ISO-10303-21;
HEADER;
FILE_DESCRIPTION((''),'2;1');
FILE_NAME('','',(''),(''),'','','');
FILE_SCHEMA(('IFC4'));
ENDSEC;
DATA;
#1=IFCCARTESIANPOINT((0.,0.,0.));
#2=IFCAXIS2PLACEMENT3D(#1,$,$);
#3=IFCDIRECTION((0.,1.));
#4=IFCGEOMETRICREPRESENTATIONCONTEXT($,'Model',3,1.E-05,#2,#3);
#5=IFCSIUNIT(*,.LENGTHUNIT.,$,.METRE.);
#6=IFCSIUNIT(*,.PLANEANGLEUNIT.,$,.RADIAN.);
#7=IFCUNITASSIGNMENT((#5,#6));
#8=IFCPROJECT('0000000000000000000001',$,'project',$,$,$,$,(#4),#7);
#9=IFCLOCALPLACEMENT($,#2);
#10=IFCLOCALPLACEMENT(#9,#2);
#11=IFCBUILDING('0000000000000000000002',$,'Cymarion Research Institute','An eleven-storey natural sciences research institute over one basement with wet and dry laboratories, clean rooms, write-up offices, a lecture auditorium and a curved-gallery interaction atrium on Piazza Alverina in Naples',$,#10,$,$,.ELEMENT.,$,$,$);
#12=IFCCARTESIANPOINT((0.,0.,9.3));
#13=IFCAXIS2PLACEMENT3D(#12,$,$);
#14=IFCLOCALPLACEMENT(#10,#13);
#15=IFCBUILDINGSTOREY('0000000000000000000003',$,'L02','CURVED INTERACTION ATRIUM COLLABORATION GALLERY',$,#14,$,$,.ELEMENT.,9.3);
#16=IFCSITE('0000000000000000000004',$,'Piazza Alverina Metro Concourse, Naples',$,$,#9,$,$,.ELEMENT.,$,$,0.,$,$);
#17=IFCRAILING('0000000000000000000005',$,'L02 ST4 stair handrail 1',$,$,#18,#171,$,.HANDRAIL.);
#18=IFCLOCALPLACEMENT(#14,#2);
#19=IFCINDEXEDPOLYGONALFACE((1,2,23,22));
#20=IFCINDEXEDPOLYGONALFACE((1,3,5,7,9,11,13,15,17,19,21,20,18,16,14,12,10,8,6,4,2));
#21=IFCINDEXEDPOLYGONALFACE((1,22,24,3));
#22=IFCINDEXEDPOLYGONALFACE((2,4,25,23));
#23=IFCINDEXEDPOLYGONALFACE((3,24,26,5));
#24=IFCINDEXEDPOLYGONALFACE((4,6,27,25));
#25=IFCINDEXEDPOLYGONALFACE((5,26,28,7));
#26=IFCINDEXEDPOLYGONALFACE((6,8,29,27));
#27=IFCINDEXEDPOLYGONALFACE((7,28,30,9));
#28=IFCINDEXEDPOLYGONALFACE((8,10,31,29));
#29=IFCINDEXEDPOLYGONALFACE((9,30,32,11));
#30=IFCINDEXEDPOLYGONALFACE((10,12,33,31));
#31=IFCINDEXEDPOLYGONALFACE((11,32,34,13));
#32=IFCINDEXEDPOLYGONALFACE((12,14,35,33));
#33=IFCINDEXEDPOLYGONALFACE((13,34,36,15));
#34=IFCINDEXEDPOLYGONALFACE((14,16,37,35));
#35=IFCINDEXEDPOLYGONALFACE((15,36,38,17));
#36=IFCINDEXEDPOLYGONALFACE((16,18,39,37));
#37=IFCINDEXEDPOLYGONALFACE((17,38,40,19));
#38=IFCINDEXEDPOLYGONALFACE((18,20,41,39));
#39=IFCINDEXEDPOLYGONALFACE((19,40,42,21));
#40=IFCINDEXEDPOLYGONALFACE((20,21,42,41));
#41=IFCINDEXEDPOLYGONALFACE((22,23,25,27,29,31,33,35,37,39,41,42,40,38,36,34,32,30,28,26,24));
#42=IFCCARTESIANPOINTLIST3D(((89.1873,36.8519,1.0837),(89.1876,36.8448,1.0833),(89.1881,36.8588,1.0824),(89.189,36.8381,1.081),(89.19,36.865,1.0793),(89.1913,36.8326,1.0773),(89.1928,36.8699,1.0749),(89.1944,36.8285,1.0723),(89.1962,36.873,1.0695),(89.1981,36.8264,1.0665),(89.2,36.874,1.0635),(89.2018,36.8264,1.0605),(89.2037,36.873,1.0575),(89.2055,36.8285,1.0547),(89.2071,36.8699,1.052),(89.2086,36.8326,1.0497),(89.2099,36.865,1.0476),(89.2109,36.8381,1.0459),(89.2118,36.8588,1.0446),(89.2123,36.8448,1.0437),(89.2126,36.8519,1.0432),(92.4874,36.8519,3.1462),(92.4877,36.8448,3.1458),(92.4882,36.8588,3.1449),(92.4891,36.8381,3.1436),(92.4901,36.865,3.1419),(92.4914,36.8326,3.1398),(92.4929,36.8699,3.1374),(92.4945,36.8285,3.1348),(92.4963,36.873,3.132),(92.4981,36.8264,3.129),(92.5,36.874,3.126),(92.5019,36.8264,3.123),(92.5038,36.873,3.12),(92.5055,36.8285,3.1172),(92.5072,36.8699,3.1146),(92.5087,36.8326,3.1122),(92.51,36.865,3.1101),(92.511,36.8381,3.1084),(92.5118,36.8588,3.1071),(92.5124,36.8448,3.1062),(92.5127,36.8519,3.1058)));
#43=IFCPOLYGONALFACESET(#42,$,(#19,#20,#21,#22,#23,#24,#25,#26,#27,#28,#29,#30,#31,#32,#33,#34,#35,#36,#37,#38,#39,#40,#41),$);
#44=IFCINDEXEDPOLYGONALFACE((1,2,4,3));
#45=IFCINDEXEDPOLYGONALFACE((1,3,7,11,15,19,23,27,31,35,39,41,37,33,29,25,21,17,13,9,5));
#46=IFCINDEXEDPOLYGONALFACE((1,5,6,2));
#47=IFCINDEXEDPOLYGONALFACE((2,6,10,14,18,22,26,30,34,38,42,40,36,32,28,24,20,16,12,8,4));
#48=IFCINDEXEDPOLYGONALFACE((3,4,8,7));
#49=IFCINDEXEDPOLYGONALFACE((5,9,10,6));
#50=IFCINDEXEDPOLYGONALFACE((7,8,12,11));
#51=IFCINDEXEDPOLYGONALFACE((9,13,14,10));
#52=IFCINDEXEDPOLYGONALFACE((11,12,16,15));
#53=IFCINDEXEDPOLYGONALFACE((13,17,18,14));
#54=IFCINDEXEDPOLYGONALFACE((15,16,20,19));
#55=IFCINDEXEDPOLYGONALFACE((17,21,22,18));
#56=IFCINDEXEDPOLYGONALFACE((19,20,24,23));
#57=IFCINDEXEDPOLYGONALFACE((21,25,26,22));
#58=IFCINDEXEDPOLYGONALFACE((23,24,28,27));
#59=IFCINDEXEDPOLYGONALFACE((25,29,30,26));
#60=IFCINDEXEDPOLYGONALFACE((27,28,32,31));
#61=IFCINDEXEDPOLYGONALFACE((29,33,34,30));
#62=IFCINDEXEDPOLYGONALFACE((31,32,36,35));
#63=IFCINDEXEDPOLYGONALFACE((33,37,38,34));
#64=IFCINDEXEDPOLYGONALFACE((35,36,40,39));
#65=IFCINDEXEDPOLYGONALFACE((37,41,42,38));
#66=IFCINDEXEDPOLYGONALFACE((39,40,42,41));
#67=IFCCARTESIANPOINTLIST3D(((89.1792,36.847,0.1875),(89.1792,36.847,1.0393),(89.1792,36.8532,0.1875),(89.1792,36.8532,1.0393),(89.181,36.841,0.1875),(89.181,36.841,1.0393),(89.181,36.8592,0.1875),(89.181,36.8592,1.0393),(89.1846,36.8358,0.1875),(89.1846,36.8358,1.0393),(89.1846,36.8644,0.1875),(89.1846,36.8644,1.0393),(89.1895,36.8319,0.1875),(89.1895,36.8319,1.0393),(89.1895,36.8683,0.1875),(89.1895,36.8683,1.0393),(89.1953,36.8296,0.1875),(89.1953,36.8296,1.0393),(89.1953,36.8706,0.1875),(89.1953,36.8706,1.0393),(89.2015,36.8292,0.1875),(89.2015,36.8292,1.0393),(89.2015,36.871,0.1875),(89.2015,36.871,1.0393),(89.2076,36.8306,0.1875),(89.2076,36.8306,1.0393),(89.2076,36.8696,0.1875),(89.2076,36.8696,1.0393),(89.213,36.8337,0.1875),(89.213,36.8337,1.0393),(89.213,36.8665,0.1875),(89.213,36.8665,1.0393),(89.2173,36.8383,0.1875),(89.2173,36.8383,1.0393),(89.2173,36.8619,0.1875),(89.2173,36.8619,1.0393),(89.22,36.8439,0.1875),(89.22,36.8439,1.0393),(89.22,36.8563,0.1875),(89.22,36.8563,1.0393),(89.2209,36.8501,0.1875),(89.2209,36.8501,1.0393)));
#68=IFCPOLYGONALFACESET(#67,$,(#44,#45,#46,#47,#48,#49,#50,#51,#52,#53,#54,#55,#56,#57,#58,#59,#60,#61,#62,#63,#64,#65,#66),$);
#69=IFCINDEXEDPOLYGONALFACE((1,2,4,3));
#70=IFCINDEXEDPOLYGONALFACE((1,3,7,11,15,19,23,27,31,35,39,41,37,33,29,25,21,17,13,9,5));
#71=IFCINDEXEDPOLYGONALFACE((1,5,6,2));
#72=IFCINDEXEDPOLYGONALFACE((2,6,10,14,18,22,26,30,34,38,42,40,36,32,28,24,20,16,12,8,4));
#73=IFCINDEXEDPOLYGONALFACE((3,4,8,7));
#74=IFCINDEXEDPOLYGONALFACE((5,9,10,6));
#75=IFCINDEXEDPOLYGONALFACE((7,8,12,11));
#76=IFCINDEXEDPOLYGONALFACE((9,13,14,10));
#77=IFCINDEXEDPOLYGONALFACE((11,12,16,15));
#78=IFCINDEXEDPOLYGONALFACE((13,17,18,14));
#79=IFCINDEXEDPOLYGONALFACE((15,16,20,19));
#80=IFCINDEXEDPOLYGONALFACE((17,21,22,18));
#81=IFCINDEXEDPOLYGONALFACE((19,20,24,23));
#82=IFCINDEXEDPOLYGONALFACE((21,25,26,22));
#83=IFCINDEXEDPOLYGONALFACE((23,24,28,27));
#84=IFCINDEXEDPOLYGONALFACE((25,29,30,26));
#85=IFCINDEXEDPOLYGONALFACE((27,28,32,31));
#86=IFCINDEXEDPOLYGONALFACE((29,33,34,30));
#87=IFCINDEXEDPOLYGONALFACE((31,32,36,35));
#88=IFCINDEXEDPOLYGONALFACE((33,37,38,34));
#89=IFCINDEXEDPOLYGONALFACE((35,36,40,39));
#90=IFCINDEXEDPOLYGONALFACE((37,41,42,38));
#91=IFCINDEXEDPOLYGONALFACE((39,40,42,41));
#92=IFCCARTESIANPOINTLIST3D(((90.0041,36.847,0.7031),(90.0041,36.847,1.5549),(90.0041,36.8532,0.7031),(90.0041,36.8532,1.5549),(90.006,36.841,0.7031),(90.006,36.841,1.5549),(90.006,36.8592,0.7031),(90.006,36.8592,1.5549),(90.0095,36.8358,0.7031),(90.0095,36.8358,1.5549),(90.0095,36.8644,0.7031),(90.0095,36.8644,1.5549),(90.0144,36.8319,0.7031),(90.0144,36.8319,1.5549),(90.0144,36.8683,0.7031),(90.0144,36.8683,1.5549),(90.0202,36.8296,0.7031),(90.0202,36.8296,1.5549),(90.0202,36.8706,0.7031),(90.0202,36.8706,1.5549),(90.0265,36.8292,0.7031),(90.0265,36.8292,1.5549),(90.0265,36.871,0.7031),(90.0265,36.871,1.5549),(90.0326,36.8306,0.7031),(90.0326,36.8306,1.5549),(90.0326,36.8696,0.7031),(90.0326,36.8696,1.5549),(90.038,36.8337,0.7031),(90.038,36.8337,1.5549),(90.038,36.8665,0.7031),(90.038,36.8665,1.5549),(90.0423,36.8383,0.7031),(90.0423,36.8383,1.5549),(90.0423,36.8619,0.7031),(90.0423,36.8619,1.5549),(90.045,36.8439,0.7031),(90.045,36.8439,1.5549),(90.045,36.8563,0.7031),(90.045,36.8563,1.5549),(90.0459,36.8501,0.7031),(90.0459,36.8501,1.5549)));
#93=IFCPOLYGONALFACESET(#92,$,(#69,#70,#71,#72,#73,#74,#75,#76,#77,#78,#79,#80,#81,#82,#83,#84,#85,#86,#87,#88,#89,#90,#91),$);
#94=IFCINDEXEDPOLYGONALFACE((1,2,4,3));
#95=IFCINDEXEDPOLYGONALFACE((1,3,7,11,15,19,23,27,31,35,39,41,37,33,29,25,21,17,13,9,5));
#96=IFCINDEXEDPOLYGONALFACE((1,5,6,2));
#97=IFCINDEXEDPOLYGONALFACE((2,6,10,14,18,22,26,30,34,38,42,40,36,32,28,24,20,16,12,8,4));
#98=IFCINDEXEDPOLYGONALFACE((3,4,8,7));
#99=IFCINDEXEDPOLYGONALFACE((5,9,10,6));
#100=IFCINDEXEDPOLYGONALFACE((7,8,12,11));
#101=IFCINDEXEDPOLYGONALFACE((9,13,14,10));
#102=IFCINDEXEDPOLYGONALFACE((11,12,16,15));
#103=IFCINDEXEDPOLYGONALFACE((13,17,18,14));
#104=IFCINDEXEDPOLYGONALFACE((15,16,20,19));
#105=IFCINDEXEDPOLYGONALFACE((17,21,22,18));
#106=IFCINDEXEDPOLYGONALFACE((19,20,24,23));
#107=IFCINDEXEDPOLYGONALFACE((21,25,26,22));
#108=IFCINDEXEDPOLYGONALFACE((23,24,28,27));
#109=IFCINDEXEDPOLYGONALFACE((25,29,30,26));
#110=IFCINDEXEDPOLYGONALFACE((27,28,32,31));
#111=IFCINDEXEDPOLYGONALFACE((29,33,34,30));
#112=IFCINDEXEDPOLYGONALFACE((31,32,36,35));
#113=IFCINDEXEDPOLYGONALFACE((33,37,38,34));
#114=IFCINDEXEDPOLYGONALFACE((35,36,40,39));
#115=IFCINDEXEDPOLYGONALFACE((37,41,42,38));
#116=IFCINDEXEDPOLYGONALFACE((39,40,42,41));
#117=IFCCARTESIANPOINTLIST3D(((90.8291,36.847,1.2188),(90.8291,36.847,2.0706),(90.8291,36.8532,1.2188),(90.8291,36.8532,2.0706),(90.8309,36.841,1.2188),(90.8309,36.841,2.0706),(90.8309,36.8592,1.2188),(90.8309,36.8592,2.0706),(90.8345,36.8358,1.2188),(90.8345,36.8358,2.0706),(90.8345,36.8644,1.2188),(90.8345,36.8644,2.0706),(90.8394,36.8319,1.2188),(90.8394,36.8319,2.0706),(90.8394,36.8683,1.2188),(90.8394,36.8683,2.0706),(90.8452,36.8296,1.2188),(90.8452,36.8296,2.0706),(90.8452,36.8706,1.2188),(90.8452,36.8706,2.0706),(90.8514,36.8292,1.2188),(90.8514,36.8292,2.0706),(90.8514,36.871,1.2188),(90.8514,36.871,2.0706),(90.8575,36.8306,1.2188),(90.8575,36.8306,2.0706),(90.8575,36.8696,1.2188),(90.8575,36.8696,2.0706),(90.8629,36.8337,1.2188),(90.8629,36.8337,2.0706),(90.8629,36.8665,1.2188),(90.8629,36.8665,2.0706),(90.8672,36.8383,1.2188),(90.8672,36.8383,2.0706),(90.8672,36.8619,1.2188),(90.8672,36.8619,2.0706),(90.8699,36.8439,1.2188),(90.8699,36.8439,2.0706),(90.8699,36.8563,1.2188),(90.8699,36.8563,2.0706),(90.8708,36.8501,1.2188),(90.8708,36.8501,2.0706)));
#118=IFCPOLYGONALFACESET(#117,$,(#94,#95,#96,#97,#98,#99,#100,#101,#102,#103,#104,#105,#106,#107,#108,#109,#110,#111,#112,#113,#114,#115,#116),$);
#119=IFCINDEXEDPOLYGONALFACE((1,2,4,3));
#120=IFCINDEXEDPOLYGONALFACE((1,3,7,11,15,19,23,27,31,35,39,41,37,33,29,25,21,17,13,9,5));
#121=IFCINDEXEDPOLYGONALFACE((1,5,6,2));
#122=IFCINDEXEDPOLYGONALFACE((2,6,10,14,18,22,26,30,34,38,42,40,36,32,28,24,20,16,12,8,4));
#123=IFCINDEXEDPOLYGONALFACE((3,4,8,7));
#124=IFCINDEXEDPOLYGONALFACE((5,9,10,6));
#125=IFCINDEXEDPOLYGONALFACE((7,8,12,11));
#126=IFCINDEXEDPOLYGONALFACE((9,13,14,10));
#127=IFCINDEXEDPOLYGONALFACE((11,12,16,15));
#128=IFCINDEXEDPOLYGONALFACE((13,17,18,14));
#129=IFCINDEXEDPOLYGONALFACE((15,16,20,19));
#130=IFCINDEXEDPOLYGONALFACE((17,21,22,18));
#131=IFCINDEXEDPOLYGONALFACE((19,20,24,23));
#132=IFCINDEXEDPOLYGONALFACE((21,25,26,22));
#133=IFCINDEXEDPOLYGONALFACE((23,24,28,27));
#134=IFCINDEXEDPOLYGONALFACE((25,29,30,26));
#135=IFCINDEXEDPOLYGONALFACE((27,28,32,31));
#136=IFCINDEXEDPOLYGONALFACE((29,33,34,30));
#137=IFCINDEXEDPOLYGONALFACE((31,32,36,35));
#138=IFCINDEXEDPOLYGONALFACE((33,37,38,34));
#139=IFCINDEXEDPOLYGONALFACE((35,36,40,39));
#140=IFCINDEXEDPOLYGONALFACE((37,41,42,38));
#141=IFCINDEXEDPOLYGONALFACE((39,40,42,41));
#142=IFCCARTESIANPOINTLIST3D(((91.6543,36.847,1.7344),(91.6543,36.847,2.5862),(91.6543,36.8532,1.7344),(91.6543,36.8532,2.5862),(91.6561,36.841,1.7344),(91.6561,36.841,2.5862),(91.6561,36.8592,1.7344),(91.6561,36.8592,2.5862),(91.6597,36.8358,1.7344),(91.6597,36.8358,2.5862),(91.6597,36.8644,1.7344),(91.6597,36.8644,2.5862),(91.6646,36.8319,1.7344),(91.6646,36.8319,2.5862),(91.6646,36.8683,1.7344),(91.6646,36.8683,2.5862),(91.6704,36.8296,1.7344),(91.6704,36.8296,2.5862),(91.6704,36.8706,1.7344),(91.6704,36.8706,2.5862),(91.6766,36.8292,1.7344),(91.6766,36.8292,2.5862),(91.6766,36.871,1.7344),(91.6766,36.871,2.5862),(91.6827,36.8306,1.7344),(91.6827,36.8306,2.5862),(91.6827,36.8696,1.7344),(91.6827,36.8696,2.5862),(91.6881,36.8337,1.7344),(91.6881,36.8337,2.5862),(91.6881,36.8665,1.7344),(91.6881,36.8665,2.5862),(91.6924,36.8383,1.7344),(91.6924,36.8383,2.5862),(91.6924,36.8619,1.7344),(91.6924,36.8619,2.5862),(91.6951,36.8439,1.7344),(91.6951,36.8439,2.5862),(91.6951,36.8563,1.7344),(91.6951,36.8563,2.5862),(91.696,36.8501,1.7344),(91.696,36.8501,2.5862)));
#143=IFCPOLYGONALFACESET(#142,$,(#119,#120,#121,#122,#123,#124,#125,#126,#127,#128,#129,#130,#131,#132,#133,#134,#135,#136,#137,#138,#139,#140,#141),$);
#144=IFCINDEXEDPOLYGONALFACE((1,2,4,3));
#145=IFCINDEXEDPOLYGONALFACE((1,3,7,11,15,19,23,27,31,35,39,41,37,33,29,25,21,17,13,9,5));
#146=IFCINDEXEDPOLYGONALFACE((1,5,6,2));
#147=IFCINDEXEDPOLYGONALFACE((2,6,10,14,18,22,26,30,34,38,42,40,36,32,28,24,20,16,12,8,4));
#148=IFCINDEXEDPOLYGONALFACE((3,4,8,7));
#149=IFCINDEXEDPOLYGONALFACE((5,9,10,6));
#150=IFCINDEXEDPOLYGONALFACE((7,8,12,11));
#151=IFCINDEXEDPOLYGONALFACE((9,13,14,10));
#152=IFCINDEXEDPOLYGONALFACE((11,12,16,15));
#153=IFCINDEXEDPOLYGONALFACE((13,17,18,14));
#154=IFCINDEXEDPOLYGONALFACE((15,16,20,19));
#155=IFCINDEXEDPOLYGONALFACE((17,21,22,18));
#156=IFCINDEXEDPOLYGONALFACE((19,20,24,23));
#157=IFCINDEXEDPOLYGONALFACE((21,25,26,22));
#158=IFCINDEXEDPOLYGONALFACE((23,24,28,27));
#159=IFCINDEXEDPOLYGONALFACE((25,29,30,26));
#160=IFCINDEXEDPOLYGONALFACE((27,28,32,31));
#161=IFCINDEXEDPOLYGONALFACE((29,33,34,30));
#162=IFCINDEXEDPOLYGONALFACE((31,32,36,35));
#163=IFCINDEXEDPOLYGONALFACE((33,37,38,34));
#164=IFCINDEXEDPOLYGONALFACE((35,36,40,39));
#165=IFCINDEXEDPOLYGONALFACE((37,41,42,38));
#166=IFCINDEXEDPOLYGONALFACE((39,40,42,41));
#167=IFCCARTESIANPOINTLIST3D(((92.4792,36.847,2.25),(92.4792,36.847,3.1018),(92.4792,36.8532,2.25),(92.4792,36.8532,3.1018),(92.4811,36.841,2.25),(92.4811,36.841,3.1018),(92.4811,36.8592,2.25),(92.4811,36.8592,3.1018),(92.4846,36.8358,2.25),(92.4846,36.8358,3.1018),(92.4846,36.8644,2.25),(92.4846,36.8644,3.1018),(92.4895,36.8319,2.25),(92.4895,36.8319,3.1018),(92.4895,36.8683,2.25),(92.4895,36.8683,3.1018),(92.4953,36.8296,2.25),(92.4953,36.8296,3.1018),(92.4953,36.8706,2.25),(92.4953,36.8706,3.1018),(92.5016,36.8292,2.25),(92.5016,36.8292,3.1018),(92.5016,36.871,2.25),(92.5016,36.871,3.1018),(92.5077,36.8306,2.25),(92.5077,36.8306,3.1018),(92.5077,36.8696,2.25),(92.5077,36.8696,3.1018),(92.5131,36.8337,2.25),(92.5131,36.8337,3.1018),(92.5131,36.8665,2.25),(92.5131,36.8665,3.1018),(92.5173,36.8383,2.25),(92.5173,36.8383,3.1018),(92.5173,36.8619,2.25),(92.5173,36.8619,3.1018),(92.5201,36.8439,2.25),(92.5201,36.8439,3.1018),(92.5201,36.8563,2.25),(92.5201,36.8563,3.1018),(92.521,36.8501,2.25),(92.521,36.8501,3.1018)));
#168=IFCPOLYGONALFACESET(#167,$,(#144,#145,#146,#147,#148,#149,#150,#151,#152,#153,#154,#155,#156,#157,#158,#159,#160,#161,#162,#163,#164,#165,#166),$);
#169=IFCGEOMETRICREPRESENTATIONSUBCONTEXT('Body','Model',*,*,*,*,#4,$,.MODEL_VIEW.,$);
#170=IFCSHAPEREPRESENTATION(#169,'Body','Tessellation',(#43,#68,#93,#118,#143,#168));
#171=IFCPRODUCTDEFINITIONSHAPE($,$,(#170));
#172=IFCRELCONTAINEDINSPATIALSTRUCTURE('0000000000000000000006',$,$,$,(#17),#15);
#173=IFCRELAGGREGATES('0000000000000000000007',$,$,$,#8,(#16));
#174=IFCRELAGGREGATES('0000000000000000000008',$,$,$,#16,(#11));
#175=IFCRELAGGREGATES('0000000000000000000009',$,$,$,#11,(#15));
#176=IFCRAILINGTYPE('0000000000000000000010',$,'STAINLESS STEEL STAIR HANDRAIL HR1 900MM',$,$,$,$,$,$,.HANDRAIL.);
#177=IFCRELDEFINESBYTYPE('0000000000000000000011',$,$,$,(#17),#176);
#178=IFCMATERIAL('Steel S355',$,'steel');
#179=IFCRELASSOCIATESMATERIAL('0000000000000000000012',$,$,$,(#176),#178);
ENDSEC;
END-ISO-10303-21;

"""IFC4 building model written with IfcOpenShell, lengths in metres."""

from ifc_helpers import new_model, si_unit, direction, frame, origin, origin_2d, place, context, subcontext, project, spatial, circle, extrude, material, type_object, element, save


model = new_model("IFC4")

# Units and contexts
model_context = context("Model", 3, precision=1e-05, world=origin(), true_north=direction((0.0, 1.0)))
body_context = subcontext(model_context, "Body", "Model", "MODEL_VIEW")
ifc_project = project(units=[si_unit("LENGTHUNIT", "METRE"), si_unit("PLANEANGLEUNIT", "RADIAN")], contexts=[model_context])

# Site, building, storey
site_placement = place(None, origin())
site = spatial("IfcSite", under=ifc_project, at=site_placement, Name="Piazza Alverina Metro Concourse, Naples", CompositionType="ELEMENT", RefElevation=0.0)
building_placement = place(site_placement, origin())
building = spatial("IfcBuilding", under=site, at=building_placement, Name="Cymarion Research Institute", Description="An eleven-storey natural sciences research institute over one basement with wet and dry laboratories, clean rooms, write-up offices, a lecture auditorium and a curved-gallery interaction atrium on Piazza Alverina in Naples", CompositionType="ELEMENT")
storey_placement = place(building_placement, frame((0.0, 0.0, 9.3)))
storey = spatial("IfcBuildingStorey", under=building, at=storey_placement, Name="L02", Description="CURVED INTERACTION ATRIUM COLLABORATION GALLERY", CompositionType="ELEMENT", Elevation=9.3)

# Shared definitions
ifc_material_1 = material(Name="Steel S355", Category="steel")

# Railing
railing_type_1 = type_object("IfcRailingType", Name="STAINLESS STEEL STAIR HANDRAIL HR1 900MM", PredefinedType="HANDRAIL", material=ifc_material_1)
railing_1_placement = place(storey_placement, frame((89.2, 36.8501, 0.1875)))
element("IfcRailing", 1, at=railing_1_placement, inside=storey, type_object=railing_type_1, Name="L02 ST4 stair handrail 1", PredefinedType="HANDRAIL", context=body_context, shape_type="SweptSolid", body=[
    extrude(circle(Radius=0.0239, at=origin_2d()), frame((0.0, 0.0, 0.876), z_axis=(0.848002, 0.0, 0.529993), x_axis=(0.0, 1.0, 0.0)), (0.0, 0.0, 1.0), 3.8916),
    extrude(circle(Radius=0.021, at=origin_2d()), origin(), (0.0, 0.0, 1.0), 0.8518),
    extrude(circle(Radius=0.021, at=origin_2d()), frame((0.825, 0.0, 0.5156)), (0.0, 0.0, 1.0), 0.8518),
    extrude(circle(Radius=0.021, at=origin_2d()), frame((1.6499, 0.0, 1.0312)), (0.0, 0.0, 1.0), 0.8518),
    extrude(circle(Radius=0.021, at=origin_2d()), frame((2.4751, 0.0, 1.5469)), (0.0, 0.0, 1.0), 0.8518),
    extrude(circle(Radius=0.021, at=origin_2d()), frame((3.3, 0.0, 2.0625)), (0.0, 0.0, 1.0), 0.8518),
])

save(model, "model.ifc")
